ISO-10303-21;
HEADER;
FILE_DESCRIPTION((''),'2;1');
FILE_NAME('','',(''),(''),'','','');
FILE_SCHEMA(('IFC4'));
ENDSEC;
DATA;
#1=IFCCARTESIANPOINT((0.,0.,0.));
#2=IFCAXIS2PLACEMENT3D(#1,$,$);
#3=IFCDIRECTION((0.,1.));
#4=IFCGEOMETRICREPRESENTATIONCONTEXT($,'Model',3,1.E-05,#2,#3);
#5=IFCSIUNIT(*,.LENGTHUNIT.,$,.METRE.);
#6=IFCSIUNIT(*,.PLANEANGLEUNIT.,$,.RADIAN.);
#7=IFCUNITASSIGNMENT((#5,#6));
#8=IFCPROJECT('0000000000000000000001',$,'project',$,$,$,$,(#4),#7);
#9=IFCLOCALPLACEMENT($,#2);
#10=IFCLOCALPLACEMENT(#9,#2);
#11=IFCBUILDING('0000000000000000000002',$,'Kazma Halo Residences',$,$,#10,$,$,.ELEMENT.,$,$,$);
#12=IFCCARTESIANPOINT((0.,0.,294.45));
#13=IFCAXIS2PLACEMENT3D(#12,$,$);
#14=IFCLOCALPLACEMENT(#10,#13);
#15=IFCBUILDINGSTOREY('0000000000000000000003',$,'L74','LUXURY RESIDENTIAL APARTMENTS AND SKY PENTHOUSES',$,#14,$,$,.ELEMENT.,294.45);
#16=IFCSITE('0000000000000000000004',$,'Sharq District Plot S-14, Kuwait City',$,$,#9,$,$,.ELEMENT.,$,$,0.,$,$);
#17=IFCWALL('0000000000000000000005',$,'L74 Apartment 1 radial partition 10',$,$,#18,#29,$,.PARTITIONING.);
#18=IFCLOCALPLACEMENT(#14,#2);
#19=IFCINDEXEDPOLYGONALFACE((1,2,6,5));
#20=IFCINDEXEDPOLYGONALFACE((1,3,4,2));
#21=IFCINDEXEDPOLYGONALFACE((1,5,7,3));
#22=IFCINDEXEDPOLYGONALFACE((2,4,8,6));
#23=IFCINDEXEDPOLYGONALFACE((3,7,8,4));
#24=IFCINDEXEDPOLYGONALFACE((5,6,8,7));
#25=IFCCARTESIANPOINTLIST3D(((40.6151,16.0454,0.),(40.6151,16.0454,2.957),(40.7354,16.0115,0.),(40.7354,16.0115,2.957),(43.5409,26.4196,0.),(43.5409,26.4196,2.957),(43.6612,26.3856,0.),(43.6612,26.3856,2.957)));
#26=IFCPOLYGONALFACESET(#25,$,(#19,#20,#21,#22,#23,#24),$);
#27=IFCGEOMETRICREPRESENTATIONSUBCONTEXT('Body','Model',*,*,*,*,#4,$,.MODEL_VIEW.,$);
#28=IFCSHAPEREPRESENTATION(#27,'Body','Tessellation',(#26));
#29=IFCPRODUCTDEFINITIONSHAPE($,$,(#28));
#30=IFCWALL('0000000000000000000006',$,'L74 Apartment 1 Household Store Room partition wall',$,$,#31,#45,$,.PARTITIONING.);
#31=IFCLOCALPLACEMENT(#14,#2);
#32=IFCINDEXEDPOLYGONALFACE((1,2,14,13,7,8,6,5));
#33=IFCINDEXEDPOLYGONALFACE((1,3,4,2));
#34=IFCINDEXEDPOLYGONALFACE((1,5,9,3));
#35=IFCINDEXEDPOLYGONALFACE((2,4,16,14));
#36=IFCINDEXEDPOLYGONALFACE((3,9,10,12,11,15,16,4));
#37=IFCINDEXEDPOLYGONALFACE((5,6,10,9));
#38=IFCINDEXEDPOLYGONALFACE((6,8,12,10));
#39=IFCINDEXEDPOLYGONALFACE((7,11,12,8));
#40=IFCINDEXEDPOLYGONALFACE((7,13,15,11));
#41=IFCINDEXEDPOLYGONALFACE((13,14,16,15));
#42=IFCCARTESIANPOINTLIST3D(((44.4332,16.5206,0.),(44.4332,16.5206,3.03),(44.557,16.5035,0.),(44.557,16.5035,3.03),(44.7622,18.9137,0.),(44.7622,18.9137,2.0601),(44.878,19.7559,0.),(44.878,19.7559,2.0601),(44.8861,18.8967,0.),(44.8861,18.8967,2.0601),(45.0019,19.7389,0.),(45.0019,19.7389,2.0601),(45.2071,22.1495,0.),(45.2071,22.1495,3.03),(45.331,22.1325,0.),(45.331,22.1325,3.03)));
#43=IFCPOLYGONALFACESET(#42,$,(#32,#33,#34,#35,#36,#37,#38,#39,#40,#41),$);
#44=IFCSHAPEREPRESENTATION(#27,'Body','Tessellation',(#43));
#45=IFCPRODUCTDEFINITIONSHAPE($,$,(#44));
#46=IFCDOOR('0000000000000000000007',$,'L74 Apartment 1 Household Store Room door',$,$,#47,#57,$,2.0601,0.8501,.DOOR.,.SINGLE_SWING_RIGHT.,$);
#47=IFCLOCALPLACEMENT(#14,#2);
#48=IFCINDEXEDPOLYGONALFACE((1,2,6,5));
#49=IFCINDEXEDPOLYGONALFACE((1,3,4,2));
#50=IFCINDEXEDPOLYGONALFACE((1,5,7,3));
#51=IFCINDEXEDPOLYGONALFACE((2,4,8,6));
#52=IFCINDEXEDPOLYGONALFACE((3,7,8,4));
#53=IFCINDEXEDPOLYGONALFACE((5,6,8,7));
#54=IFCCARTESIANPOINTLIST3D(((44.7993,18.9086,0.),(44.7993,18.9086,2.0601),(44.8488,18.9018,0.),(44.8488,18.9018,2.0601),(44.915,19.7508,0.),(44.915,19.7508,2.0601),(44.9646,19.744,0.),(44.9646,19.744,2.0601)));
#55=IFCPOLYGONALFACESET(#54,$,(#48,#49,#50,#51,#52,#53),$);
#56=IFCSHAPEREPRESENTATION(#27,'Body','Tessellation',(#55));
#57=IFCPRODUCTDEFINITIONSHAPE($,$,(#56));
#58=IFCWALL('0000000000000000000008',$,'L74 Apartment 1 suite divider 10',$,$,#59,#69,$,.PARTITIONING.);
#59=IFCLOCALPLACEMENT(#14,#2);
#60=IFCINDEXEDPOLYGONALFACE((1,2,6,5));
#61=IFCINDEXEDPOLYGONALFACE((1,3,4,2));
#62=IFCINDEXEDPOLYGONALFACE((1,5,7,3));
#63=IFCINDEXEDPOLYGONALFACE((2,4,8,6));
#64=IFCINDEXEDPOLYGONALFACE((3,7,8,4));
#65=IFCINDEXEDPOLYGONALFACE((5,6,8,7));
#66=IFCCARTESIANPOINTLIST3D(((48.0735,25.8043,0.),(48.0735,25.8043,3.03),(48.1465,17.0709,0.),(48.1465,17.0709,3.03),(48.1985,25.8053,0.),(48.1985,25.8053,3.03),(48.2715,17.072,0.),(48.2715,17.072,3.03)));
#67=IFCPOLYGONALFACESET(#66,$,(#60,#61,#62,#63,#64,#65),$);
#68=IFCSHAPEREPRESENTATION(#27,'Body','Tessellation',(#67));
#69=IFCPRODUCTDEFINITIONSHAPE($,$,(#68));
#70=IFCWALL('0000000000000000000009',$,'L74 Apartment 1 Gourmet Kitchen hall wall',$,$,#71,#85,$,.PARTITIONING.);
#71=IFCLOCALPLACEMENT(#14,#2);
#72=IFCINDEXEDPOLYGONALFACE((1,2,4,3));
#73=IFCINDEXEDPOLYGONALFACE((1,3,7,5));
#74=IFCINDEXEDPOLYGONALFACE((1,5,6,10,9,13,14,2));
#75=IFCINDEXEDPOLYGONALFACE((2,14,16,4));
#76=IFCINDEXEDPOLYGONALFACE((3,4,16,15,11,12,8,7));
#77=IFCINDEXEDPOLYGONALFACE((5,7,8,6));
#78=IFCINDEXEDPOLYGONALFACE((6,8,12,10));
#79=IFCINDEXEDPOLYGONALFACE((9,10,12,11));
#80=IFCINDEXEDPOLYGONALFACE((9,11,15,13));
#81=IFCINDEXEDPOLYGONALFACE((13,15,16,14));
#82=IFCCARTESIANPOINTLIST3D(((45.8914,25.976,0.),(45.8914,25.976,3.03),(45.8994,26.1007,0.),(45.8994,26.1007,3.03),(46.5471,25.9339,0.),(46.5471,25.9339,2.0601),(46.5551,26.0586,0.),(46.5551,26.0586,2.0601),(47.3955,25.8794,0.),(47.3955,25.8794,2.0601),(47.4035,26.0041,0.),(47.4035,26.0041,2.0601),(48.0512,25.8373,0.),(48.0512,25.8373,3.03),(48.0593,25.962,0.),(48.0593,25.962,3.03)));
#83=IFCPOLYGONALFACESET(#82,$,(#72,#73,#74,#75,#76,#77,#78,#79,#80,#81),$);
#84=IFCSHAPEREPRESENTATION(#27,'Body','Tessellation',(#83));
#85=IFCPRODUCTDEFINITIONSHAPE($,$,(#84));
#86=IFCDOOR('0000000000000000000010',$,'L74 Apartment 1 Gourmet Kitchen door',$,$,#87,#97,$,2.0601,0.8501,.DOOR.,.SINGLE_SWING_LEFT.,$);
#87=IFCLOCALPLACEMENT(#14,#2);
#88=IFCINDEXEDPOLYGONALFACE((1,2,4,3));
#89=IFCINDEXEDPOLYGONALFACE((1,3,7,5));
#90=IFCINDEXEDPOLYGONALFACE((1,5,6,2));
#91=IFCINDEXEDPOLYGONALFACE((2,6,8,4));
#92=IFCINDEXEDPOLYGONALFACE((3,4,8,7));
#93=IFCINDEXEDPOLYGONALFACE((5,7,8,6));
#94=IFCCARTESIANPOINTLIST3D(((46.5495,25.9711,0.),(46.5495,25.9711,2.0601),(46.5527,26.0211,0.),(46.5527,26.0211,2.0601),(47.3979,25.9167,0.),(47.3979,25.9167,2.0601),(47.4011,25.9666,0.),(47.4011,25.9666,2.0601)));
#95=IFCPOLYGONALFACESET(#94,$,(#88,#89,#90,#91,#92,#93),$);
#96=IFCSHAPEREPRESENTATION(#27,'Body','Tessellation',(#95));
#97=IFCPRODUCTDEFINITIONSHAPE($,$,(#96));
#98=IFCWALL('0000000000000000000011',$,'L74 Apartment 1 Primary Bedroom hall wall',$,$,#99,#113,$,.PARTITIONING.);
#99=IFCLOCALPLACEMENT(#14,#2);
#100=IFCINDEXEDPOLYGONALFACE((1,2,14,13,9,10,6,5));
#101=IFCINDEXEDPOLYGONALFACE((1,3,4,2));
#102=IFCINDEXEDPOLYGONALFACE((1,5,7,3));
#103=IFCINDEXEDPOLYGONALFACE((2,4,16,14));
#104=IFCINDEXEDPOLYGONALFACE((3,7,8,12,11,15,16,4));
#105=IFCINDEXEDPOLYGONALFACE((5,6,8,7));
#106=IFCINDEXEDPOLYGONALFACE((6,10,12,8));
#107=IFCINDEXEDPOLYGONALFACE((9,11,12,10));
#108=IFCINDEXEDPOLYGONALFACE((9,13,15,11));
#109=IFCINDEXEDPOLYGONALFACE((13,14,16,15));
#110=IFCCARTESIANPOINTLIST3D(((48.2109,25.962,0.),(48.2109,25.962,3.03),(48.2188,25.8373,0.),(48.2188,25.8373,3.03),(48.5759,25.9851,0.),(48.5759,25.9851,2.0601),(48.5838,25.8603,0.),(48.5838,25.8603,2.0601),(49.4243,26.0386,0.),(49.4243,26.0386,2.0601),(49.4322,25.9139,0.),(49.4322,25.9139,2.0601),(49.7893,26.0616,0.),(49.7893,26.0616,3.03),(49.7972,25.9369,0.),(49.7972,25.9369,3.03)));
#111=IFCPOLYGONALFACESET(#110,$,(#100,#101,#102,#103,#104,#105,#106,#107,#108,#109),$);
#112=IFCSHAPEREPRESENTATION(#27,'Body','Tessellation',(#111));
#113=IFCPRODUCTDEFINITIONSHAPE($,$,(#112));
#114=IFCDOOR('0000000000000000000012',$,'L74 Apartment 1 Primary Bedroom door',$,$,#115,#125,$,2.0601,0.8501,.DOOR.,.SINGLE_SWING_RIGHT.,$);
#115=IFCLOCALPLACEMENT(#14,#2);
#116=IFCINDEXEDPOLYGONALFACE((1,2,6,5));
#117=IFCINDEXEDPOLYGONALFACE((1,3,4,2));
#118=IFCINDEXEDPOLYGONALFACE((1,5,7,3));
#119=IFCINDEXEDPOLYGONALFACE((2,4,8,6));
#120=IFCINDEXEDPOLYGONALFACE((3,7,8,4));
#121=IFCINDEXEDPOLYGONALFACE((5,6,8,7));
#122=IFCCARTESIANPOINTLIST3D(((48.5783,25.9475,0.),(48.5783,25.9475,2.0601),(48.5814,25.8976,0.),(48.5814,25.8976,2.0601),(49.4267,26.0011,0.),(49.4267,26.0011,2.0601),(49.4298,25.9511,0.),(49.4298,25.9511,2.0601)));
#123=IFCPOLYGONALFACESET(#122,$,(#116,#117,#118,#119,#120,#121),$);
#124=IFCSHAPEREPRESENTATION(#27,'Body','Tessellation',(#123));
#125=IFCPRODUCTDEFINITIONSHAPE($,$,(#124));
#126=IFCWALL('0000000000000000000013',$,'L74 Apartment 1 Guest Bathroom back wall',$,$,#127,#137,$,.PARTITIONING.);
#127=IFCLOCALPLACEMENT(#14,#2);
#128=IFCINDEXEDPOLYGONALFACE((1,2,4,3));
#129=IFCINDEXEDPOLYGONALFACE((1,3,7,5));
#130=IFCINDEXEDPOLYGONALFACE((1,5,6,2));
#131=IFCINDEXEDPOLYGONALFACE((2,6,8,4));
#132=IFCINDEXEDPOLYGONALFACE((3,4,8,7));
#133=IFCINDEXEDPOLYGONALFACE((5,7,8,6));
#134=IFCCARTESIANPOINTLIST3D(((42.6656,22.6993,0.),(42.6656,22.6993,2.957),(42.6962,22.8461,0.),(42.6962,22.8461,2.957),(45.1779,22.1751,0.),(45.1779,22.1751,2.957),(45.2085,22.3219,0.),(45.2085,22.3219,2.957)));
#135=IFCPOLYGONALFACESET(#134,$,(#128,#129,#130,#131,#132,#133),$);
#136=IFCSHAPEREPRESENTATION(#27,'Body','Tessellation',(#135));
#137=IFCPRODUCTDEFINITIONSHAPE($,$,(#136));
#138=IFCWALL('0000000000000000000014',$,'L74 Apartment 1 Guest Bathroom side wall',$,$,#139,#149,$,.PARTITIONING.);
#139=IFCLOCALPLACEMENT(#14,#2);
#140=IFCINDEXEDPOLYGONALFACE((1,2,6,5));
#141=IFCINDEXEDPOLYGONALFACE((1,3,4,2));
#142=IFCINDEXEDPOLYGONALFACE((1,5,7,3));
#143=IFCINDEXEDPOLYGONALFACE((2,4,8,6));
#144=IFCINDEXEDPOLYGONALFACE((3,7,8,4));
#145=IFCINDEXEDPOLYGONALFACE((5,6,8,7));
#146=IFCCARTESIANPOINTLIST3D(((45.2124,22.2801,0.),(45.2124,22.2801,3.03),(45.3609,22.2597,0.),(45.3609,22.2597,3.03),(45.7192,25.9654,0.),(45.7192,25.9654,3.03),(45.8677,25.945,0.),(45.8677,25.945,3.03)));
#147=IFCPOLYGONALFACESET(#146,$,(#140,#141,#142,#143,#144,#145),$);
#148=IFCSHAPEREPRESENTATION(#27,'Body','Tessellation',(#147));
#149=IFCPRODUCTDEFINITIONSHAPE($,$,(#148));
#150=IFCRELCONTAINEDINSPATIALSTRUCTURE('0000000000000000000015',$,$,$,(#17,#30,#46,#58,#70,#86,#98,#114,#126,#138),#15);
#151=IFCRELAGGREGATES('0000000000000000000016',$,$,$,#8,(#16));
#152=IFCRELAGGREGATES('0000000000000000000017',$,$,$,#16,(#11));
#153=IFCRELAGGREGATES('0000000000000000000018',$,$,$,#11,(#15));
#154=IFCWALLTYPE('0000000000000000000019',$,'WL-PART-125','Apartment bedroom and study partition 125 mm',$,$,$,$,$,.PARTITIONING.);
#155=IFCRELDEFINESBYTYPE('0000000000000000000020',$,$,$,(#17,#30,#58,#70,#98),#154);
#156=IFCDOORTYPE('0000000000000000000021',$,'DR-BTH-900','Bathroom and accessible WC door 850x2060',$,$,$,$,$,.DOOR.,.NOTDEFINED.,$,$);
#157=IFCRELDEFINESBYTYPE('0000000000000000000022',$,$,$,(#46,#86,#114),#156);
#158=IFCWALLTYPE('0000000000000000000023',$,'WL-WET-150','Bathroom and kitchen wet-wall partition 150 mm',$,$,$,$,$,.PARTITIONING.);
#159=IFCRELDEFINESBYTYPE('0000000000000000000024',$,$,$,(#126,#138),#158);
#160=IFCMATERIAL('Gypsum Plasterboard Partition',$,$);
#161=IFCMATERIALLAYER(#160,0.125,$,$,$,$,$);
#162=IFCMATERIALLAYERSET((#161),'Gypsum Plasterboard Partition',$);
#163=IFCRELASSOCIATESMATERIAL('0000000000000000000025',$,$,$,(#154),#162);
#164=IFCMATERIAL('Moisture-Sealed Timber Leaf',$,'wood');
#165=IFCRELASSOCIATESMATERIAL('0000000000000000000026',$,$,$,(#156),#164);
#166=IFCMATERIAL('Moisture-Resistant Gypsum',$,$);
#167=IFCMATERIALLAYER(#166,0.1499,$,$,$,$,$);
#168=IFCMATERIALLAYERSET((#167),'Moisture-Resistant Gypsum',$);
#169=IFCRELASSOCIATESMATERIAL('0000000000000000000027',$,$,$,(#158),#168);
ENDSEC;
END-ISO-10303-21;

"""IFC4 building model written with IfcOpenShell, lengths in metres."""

from ifc_helpers import new_model, si_unit, direction, frame, frame_2d, origin, place, context, subcontext, project, spatial, rectangle, extrude, material, layer, layer_set, type_object, element, fill, save


model = new_model("IFC4")

# Units and contexts
model_context = context("Model", 3, precision=1e-05, world=origin(), true_north=direction((0.0, 1.0)))
body_context = subcontext(model_context, "Body", "Model", "MODEL_VIEW")
ifc_project = project(units=[si_unit("LENGTHUNIT", "METRE"), si_unit("PLANEANGLEUNIT", "RADIAN")], contexts=[model_context])

# Site, building, storey
site_placement = place(None, origin())
site = spatial("IfcSite", under=ifc_project, at=site_placement, Name="Sharq District Plot S-14, Kuwait City", CompositionType="ELEMENT", RefElevation=0.0)
building_placement = place(site_placement, origin())
building = spatial("IfcBuilding", under=site, at=building_placement, Name="Kazma Halo Residences", CompositionType="ELEMENT")
storey_placement = place(building_placement, frame((0.0, 0.0, 294.45)))
storey = spatial("IfcBuildingStorey", under=building, at=storey_placement, Name="L74", Description="LUXURY RESIDENTIAL APARTMENTS AND SKY PENTHOUSES", CompositionType="ELEMENT", Elevation=294.45)

# Wall
ifc_material_1 = material(Name="Gypsum Plasterboard Partition")
ifc_layer_1 = layer(ifc_material_1, 0.125)
ifc_layer_set_1 = layer_set([ifc_layer_1], Name="Gypsum Plasterboard Partition")
wall_type_1 = type_object("IfcWallType", Name="WL-PART-125", Description="Apartment bedroom and study partition 125 mm", PredefinedType="PARTITIONING", material=ifc_layer_set_1)
wall_1_placement = place(storey_placement, frame((43.6011, 26.4026, 0.0), z_axis=(0.0, 0.0, 1.0), x_axis=(-0.271441, -0.962455, 0.0)))
element("IfcWall", 1, at=wall_1_placement, inside=storey, type_object=wall_type_1, Name="L74 Apartment 1 radial partition 10", PredefinedType="PARTITIONING", context=body_context, shape_type="SweptSolid", body=[
    extrude(rectangle(XDim=10.7788, YDim=0.125, at=frame_2d((5.3894, 0.0))), origin(), (0.0, 0.0, 1.0), 2.957),
])

# Wall, opening, door
wall_2_placement = place(storey_placement, frame((45.269, 22.1409, 0.0), z_axis=(0.0, 0.0, 1.0), x_axis=(-0.13621, -0.99068, 0.0)))
wall_2 = element("IfcWall", 2, at=wall_2_placement, inside=storey, type_object=wall_type_1, Name="L74 Apartment 1 Household Store Room partition wall", PredefinedType="PARTITIONING", context=body_context, shape_type="SweptSolid", body=[
    extrude(rectangle(XDim=5.6819, YDim=0.125, at=frame_2d((2.8408, 0.0))), origin(), (0.0, 0.0, 1.0), 3.03),
])
opening_1_placement = place(wall_2_placement, frame((2.416, 0.0, 0.0)))
opening_1 = element("IfcOpeningElement", 3, at=opening_1_placement, cuts=wall_2, PredefinedType="OPENING", context=body_context, shape_type="SweptSolid", body=[
    extrude(rectangle(XDim=0.8501, YDim=2.0601, at=frame_2d((0.425, 1.03))), frame((0.0, 0.0725, 0.0), z_axis=(0.0, -1.0, 0.0), x_axis=(1.0, 0.0, 0.0)), (0.0, 0.0, 1.0), 0.145),
])
ifc_material_2 = material(Name="Moisture-Sealed Timber Leaf", Category="wood")
door_type = type_object("IfcDoorType", Name="DR-BTH-900", Description="Bathroom and accessible WC door 850x2060", OperationType="NOTDEFINED", PredefinedType="DOOR", material=ifc_material_2)
door_1_placement = place(opening_1_placement, origin())
door_1 = element("IfcDoor", 4, at=door_1_placement, inside=storey, type_object=door_type, Name="L74 Apartment 1 Household Store Room door", OperationType="SINGLE_SWING_RIGHT", OverallHeight=2.0601, OverallWidth=0.8501, PredefinedType="DOOR", context=body_context, shape_type="SweptSolid", body=[
    extrude(rectangle(XDim=0.8501, YDim=2.0601, at=frame_2d((0.425, 1.03))), frame((0.0, 0.0249, 0.0), z_axis=(0.0, -1.0, 0.0), x_axis=(1.0, 0.0, 0.0)), (0.0, 0.0, 1.0), 0.05),
])
fill(opening_1, door_1)

# Wall
wall_3_placement = place(storey_placement, frame((48.136, 25.8047, 0.0), z_axis=(0.0, 0.0, 1.0), x_axis=(0.008358, -0.999965, 0.0)))
element("IfcWall", 5, at=wall_3_placement, inside=storey, type_object=wall_type_1, Name="L74 Apartment 1 suite divider 10", PredefinedType="PARTITIONING", context=body_context, shape_type="SweptSolid", body=[
    extrude(rectangle(XDim=8.7336, YDim=0.125, at=frame_2d((4.3667, 0.0))), origin(), (0.0, 0.0, 1.0), 3.03),
])

# Walls, openings, doors
wall_4_placement = place(storey_placement, frame((45.8955, 26.0383, 0.0), z_axis=(0.0, 0.0, 1.0), x_axis=(0.997945, -0.064071, 0.0)))
wall_4 = element("IfcWall", 6, at=wall_4_placement, inside=storey, type_object=wall_type_1, Name="L74 Apartment 1 Gourmet Kitchen hall wall", PredefinedType="PARTITIONING", context=body_context, shape_type="SweptSolid", body=[
    extrude(rectangle(XDim=2.1643, YDim=0.125, at=frame_2d((1.082, 0.0))), origin(), (0.0, 0.0, 1.0), 3.03),
])
opening_2_placement = place(wall_4_placement, frame((0.657, 0.0, 0.0)))
opening_2 = element("IfcOpeningElement", 7, at=opening_2_placement, cuts=wall_4, PredefinedType="OPENING", context=body_context, shape_type="SweptSolid", body=[
    extrude(rectangle(XDim=0.8501, YDim=2.0601, at=frame_2d((0.425, 1.03))), frame((0.0, 0.0725, 0.0), z_axis=(0.0, -1.0, 0.0), x_axis=(1.0, 0.0, 0.0)), (0.0, 0.0, 1.0), 0.145),
])
door_2_placement = place(opening_2_placement, origin())
door_2 = element("IfcDoor", 8, at=door_2_placement, inside=storey, type_object=door_type, Name="L74 Apartment 1 Gourmet Kitchen door", OperationType="SINGLE_SWING_LEFT", OverallHeight=2.0601, OverallWidth=0.8501, PredefinedType="DOOR", context=body_context, shape_type="SweptSolid", body=[
    extrude(rectangle(XDim=0.8501, YDim=2.0601, at=frame_2d((0.425, 1.03))), frame((0.0, 0.0249, 0.0), z_axis=(0.0, -1.0, 0.0), x_axis=(1.0, 0.0, 0.0)), (0.0, 0.0, 1.0), 0.05),
])
fill(opening_2, door_2)
wall_5_placement = place(storey_placement, frame((48.2148, 25.8997, 0.0), z_axis=(0.0, 0.0, 1.0), x_axis=(0.998015, 0.062984, 0.0)))
wall_5 = element("IfcWall", 9, at=wall_5_placement, inside=storey, type_object=wall_type_1, Name="L74 Apartment 1 Primary Bedroom hall wall", PredefinedType="PARTITIONING", context=body_context, shape_type="SweptSolid", body=[
    extrude(rectangle(XDim=1.5815, YDim=0.125, at=frame_2d((0.7908, 0.0))), origin(), (0.0, 0.0, 1.0), 3.03),
])
opening_3_placement = place(wall_5_placement, frame((0.3657, 0.0, 0.0)))
opening_3 = element("IfcOpeningElement", 10, at=opening_3_placement, cuts=wall_5, PredefinedType="OPENING", context=body_context, shape_type="SweptSolid", body=[
    extrude(rectangle(XDim=0.8501, YDim=2.0601, at=frame_2d((0.425, 1.03))), frame((0.0, 0.0725, 0.0), z_axis=(0.0, -1.0, 0.0), x_axis=(1.0, 0.0, 0.0)), (0.0, 0.0, 1.0), 0.145),
])
door_3_placement = place(opening_3_placement, origin())
door_3 = element("IfcDoor", 11, at=door_3_placement, inside=storey, type_object=door_type, Name="L74 Apartment 1 Primary Bedroom door", OperationType="SINGLE_SWING_RIGHT", OverallHeight=2.0601, OverallWidth=0.8501, PredefinedType="DOOR", context=body_context, shape_type="SweptSolid", body=[
    extrude(rectangle(XDim=0.8501, YDim=2.0601, at=frame_2d((0.425, 1.03))), frame((0.0, 0.0249, 0.0), z_axis=(0.0, -1.0, 0.0), x_axis=(1.0, 0.0, 0.0)), (0.0, 0.0, 1.0), 0.05),
])
fill(opening_3, door_3)

# Walls
ifc_material_3 = material(Name="Moisture-Resistant Gypsum")
ifc_layer_2 = layer(ifc_material_3, 0.1499)
ifc_layer_set_2 = layer_set([ifc_layer_2], Name="Moisture-Resistant Gypsum")
wall_type_2 = type_object("IfcWallType", Name="WL-WET-150", Description="Bathroom and kitchen wet-wall partition 150 mm", PredefinedType="PARTITIONING", material=ifc_layer_set_2)
wall_6_placement = place(storey_placement, frame((42.6809, 22.7727, 0.0), z_axis=(0.0, 0.0, 1.0), x_axis=(0.978919, -0.204251, 0.0)))
element("IfcWall", 12, at=wall_6_placement, inside=storey, type_object=wall_type_2, Name="L74 Apartment 1 Guest Bathroom back wall", PredefinedType="PARTITIONING", context=body_context, shape_type="SweptSolid", body=[
    extrude(rectangle(XDim=2.5664, YDim=0.1499, at=frame_2d((1.2832, 0.0))), origin(), (0.0, 0.0, 1.0), 2.957),
])
wall_7_placement = place(storey_placement, frame((45.7935, 25.9551, 0.0), z_axis=(0.0, 0.0, 1.0), x_axis=(-0.136247, -0.990675, 0.0)))
element("IfcWall", 13, at=wall_7_placement, inside=storey, type_object=wall_type_2, Name="L74 Apartment 1 Guest Bathroom side wall", PredefinedType="PARTITIONING", context=body_context, shape_type="SweptSolid", body=[
    extrude(rectangle(XDim=3.72, YDim=0.1499, at=frame_2d((1.8599, 0.0))), origin(), (0.0, 0.0, 1.0), 3.03),
])

save(model, "model.ifc")
